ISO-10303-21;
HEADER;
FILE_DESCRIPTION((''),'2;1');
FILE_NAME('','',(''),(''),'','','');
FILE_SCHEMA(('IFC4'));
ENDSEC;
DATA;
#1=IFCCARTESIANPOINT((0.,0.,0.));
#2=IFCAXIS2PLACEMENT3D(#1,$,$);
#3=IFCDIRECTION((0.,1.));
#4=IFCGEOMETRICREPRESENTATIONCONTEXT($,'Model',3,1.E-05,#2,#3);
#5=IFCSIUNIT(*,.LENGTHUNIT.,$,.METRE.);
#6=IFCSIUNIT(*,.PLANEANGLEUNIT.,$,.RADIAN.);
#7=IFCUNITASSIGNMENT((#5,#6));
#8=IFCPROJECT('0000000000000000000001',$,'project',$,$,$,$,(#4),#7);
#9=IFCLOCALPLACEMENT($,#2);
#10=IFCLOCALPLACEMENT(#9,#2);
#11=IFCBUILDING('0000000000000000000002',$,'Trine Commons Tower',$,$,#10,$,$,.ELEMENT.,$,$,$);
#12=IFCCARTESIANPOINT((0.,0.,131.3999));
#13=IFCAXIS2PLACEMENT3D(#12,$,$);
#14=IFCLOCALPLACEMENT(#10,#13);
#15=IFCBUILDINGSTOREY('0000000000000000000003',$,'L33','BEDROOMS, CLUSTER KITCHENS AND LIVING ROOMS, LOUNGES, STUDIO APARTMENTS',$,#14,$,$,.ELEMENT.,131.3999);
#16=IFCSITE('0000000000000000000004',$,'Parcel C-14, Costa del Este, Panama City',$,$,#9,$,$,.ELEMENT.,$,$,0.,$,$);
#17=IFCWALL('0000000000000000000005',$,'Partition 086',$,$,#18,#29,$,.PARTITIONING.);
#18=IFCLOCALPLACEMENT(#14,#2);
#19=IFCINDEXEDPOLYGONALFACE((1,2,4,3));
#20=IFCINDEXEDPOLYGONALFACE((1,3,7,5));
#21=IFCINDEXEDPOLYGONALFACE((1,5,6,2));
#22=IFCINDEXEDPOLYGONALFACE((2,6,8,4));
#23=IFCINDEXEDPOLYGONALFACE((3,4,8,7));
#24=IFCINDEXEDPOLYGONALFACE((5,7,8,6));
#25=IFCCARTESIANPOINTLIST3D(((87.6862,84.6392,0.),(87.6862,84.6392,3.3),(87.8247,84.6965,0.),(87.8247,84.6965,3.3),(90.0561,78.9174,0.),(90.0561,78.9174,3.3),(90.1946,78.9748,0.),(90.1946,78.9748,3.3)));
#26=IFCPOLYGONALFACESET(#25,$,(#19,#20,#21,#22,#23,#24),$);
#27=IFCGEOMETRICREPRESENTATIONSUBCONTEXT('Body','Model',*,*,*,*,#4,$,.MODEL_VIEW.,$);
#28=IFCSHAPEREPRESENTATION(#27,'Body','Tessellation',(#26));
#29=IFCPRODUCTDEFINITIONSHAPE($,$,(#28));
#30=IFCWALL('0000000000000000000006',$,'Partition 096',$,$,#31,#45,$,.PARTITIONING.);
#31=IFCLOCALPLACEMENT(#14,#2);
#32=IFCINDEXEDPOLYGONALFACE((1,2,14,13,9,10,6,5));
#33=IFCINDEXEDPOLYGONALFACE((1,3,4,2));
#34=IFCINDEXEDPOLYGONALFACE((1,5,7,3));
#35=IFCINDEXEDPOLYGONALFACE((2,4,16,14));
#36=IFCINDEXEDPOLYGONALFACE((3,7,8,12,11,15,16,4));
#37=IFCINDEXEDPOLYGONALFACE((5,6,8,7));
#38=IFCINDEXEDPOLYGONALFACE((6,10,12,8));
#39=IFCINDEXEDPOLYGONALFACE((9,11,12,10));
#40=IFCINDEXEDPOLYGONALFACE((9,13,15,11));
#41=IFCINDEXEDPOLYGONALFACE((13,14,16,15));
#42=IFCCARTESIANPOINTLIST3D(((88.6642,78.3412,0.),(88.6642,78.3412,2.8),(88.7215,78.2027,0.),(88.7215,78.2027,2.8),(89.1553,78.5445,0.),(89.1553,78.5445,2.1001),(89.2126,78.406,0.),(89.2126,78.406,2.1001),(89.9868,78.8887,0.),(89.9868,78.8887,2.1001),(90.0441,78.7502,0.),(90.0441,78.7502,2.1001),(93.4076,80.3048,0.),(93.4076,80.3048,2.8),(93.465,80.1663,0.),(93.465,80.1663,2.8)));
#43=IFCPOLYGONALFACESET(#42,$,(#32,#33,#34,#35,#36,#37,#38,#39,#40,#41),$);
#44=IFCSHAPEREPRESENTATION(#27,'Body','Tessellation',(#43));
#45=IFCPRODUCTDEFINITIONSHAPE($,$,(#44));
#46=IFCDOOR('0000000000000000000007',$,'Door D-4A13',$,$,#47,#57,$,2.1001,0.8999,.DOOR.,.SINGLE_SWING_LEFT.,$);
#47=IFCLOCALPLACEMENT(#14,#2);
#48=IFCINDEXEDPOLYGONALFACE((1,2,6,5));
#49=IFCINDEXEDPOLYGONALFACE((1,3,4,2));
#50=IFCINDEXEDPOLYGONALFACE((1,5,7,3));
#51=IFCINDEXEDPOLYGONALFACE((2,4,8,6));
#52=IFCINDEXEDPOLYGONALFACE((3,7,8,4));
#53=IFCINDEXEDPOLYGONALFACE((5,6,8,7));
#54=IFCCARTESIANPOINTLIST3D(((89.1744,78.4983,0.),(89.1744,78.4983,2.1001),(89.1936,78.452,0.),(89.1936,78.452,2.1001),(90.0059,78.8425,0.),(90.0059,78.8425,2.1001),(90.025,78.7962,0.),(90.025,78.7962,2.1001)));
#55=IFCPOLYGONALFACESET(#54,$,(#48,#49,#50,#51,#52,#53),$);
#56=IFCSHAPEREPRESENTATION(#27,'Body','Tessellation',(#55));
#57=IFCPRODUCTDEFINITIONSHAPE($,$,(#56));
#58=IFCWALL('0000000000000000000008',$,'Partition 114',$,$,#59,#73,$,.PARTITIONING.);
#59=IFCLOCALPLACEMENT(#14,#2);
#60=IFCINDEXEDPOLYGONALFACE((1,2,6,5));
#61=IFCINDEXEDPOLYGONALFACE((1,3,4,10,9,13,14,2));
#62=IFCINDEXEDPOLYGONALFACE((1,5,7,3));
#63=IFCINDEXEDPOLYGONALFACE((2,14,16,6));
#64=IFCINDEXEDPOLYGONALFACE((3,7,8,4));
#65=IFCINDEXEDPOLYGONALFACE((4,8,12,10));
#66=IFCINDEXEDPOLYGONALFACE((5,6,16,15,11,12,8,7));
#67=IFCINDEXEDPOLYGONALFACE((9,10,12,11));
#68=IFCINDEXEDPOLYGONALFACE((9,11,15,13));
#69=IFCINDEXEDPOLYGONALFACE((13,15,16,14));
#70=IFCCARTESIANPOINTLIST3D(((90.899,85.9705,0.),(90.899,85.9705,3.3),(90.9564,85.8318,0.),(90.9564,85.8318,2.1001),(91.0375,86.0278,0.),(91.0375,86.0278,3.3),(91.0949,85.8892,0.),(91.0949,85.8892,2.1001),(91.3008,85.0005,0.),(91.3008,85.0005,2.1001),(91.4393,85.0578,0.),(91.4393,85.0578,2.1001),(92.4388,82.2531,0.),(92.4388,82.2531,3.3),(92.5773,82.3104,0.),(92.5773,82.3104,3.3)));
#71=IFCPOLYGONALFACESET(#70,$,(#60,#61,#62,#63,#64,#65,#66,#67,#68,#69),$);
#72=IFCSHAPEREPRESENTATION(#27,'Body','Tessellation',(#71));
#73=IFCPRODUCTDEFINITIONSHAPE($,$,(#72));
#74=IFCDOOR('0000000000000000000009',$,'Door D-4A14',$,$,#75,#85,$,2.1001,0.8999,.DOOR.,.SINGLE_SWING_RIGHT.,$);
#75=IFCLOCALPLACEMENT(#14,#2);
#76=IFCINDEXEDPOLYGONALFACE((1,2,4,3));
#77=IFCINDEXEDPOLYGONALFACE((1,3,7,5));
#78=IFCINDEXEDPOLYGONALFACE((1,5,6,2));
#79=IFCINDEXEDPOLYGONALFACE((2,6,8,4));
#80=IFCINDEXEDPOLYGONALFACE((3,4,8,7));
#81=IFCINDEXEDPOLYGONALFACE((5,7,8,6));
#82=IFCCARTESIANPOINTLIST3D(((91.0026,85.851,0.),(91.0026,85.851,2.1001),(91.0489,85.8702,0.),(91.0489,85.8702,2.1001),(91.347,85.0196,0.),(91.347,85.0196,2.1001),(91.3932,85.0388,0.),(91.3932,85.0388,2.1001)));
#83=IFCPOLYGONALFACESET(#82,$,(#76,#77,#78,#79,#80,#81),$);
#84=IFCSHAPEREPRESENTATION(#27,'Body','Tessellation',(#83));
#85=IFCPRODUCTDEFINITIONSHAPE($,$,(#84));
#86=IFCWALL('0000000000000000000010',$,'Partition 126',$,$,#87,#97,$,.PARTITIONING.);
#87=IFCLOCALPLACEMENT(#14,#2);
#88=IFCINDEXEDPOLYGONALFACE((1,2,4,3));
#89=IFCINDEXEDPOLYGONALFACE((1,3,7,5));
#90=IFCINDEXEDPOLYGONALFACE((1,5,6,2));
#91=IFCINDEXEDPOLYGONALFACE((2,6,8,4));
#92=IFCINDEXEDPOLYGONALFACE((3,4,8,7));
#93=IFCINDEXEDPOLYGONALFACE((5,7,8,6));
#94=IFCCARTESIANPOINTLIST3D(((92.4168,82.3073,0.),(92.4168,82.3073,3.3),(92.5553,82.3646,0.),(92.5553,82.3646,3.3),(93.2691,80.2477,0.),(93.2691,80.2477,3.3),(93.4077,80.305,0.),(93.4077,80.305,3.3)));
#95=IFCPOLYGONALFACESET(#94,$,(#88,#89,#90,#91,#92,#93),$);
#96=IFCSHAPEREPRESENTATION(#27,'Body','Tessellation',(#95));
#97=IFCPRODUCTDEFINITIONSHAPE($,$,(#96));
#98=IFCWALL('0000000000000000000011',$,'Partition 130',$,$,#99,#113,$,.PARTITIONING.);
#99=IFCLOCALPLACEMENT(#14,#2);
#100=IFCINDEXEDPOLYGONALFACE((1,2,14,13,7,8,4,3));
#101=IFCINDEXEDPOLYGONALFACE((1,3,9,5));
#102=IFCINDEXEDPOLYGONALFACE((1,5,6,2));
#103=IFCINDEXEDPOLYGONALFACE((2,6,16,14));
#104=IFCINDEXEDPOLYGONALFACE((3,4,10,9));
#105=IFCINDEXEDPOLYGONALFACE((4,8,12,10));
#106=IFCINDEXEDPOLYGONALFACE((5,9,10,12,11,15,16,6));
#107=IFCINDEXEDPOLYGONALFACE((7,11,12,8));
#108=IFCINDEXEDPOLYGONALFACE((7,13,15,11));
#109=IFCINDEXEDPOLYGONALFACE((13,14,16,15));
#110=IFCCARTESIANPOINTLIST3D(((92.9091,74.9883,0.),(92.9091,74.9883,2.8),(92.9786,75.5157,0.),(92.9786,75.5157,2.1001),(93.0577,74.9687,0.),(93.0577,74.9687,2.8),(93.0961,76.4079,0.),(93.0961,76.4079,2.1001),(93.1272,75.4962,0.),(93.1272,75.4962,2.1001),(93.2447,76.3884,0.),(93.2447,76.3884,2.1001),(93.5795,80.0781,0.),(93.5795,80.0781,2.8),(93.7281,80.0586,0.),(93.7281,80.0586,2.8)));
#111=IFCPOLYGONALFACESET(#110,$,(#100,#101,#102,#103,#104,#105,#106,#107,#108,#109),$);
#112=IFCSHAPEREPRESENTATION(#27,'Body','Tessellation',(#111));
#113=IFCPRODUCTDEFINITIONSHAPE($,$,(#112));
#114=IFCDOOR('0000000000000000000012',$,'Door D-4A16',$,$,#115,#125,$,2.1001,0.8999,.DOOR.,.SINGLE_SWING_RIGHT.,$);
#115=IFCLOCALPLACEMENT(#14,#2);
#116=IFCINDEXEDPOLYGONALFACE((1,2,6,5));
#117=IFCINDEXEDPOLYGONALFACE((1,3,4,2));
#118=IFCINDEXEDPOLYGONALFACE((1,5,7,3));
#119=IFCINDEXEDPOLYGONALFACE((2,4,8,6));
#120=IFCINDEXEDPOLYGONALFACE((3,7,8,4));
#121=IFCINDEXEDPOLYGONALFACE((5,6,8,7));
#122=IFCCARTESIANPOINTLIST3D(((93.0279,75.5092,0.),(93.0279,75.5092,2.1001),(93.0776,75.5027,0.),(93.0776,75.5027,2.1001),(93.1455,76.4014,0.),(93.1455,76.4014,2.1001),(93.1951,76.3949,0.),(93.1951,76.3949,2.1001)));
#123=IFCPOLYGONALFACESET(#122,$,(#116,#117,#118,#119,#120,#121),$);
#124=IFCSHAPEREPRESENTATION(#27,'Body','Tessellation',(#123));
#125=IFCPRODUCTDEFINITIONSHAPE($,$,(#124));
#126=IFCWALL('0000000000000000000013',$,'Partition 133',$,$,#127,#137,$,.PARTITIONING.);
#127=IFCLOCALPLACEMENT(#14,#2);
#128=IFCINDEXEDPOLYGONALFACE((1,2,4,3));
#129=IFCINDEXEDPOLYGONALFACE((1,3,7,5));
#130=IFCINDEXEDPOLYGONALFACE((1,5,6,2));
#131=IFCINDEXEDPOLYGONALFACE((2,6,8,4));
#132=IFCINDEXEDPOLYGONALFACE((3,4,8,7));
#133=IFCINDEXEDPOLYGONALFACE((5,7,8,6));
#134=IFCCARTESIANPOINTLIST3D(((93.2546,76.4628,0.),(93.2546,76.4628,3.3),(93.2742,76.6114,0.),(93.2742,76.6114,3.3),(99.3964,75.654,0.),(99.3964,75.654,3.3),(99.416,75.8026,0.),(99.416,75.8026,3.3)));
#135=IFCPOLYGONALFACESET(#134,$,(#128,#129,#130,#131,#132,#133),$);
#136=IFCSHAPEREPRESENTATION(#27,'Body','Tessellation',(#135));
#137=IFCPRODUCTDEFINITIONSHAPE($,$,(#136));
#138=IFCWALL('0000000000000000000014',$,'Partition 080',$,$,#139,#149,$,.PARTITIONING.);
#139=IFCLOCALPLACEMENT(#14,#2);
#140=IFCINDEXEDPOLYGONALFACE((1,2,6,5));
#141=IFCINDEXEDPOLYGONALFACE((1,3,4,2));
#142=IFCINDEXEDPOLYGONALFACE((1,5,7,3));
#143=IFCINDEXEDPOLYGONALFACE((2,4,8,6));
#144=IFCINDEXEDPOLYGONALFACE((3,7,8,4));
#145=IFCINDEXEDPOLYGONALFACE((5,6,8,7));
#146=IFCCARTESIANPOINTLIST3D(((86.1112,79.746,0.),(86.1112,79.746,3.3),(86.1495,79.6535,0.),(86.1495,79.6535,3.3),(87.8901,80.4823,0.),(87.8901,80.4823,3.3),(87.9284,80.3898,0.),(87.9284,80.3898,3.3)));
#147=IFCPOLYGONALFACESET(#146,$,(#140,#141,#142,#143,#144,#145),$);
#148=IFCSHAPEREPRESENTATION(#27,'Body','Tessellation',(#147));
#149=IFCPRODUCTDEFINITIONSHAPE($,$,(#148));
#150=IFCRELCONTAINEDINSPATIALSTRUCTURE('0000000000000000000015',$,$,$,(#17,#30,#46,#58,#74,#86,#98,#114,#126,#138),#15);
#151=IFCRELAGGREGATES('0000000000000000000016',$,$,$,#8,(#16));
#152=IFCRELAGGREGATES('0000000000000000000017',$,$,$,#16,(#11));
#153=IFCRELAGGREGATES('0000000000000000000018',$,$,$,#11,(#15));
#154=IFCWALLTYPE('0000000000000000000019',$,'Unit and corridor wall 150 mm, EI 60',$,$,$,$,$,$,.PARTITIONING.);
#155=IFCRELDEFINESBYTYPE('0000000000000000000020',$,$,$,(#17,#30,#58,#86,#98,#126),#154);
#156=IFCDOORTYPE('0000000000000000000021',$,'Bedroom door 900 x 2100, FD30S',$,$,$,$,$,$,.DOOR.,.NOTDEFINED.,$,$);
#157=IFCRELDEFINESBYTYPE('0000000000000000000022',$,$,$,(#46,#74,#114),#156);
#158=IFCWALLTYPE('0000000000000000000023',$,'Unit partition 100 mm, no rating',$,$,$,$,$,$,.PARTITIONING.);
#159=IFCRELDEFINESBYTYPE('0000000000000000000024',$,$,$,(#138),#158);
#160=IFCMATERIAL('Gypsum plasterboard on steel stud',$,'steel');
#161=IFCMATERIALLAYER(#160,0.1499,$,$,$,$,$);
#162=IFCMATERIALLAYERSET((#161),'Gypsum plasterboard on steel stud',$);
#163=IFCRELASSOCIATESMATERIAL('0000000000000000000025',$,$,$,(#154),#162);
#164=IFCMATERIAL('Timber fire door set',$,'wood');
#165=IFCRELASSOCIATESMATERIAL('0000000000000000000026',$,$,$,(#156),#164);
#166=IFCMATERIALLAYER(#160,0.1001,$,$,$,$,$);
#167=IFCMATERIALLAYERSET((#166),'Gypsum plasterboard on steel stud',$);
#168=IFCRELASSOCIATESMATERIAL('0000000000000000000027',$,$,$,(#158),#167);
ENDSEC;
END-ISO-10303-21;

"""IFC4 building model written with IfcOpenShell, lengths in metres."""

from ifc_helpers import new_model, si_unit, direction, frame, frame_2d, origin, place, context, subcontext, project, spatial, rectangle, extrude, material, layer, layer_set, type_object, element, fill, save


model = new_model("IFC4")

# Units and contexts
model_context = context("Model", 3, precision=1e-05, world=origin(), true_north=direction((0.0, 1.0)))
body_context = subcontext(model_context, "Body", "Model", "MODEL_VIEW")
ifc_project = project(units=[si_unit("LENGTHUNIT", "METRE"), si_unit("PLANEANGLEUNIT", "RADIAN")], contexts=[model_context])

# Site, building, storey
site_placement = place(None, origin())
site = spatial("IfcSite", under=ifc_project, at=site_placement, Name="Parcel C-14, Costa del Este, Panama City", CompositionType="ELEMENT", RefElevation=0.0)
building_placement = place(site_placement, origin())
building = spatial("IfcBuilding", under=site, at=building_placement, Name="Trine Commons Tower", CompositionType="ELEMENT")
storey_placement = place(building_placement, frame((0.0, 0.0, 131.3999)))
storey = spatial("IfcBuildingStorey", under=building, at=storey_placement, Name="L33", Description="BEDROOMS, CLUSTER KITCHENS AND LIVING ROOMS, LOUNGES, STUDIO APARTMENTS", CompositionType="ELEMENT", Elevation=131.3999)

# Shared definitions
ifc_material_1 = material(Name="Gypsum plasterboard on steel stud", Category="steel")
ifc_layer_1 = layer(ifc_material_1, 0.1499)
ifc_layer_set_1 = layer_set([ifc_layer_1], Name="Gypsum plasterboard on steel stud")
wall_type_1 = type_object("IfcWallType", Name="Unit and corridor wall 150 mm, EI 60", PredefinedType="PARTITIONING", material=ifc_layer_set_1)

# Shared definitions
ifc_material_2 = material(Name="Timber fire door set", Category="wood")

# Wall
wall_1_placement = place(storey_placement, frame((87.7554, 84.668, 0.0), z_axis=(0.0, 0.0, 1.0), x_axis=(0.382666, -0.923887, 0.0)))
element("IfcWall", 1, at=wall_1_placement, inside=storey, type_object=wall_type_1, Name="Partition 086", PredefinedType="PARTITIONING", context=body_context, shape_type="SweptSolid", body=[
    extrude(rectangle(XDim=6.1931, YDim=0.1499, at=frame_2d((3.0967, 0.0))), origin(), (0.0, 0.0, 1.0), 3.3),
])

# Walls, openings, doors
wall_2_placement = place(storey_placement, frame((88.6929, 78.272, 0.0), z_axis=(0.0, 0.0, 1.0), x_axis=(0.923959, 0.38249, 0.0)))
wall_2 = element("IfcWall", 2, at=wall_2_placement, inside=storey, type_object=wall_type_1, Name="Partition 096", PredefinedType="PARTITIONING", context=body_context, shape_type="SweptSolid", body=[
    extrude(rectangle(XDim=5.1338, YDim=0.1499, at=frame_2d((2.5669, 0.0))), origin(), (0.0, 0.0, 1.0), 2.8),
])
opening_1_placement = place(wall_2_placement, frame((0.5315, 0.0, 0.0)))
opening_1 = element("IfcOpeningElement", 3, at=opening_1_placement, cuts=wall_2, PredefinedType="OPENING", context=body_context, shape_type="SweptSolid", body=[
    extrude(rectangle(XDim=0.8999, YDim=2.1001, at=frame_2d((0.45, 1.05))), frame((0.0, 0.085, 0.0), z_axis=(0.0, -1.0, 0.0), x_axis=(1.0, 0.0, 0.0)), (0.0, 0.0, 1.0), 0.1699),
])
door_type_1 = type_object("IfcDoorType", Name="Bedroom door 900 x 2100, FD30S", OperationType="NOTDEFINED", PredefinedType="DOOR", material=ifc_material_2)
door_1_placement = place(opening_1_placement, origin())
door_1 = element("IfcDoor", 4, at=door_1_placement, inside=storey, type_object=door_type_1, Name="Door D-4A13", OperationType="SINGLE_SWING_LEFT", OverallHeight=2.1001, OverallWidth=0.8999, PredefinedType="DOOR", context=body_context, shape_type="SweptSolid", body=[
    extrude(rectangle(XDim=0.8999, YDim=2.1001, at=frame_2d((0.45, 1.05))), frame((0.0, 0.0249, 0.0), z_axis=(0.0, -1.0, 0.0), x_axis=(1.0, 0.0, 0.0)), (0.0, 0.0, 1.0), 0.05),
])
fill(opening_1, door_1)
wall_3_placement = place(storey_placement, frame((90.9683, 85.999, 0.0), z_axis=(0.0, 0.0, 1.0), x_axis=(0.382693, -0.923876, 0.0)))
wall_3 = element("IfcWall", 5, at=wall_3_placement, inside=storey, type_object=wall_type_1, Name="Partition 114", PredefinedType="PARTITIONING", context=body_context, shape_type="SweptSolid", body=[
    extrude(rectangle(XDim=4.0237, YDim=0.1499, at=frame_2d((2.0117, 0.0))), origin(), (0.0, 0.0, 1.0), 3.3),
])
opening_2_placement = place(wall_3_placement, frame((0.1499, 0.0, 0.0)))
opening_2 = element("IfcOpeningElement", 6, at=opening_2_placement, cuts=wall_3, PredefinedType="OPENING", context=body_context, shape_type="SweptSolid", body=[
    extrude(rectangle(XDim=0.8999, YDim=2.1001, at=frame_2d((0.45, 1.05))), frame((0.0, 0.085, 0.0), z_axis=(0.0, -1.0, 0.0), x_axis=(1.0, 0.0, 0.0)), (0.0, 0.0, 1.0), 0.1699),
])
door_2_placement = place(opening_2_placement, frame((0.8999, 0.0, 0.0), z_axis=(0.0, 0.0, 1.0), x_axis=(-1.0, 0.0, 0.0)))
door_2 = element("IfcDoor", 7, at=door_2_placement, inside=storey, type_object=door_type_1, Name="Door D-4A14", OperationType="SINGLE_SWING_RIGHT", OverallHeight=2.1001, OverallWidth=0.8999, PredefinedType="DOOR", context=body_context, shape_type="SweptSolid", body=[
    extrude(rectangle(XDim=0.8999, YDim=2.1001, at=frame_2d((0.45, 1.05))), frame((0.0, 0.0249, 0.0), z_axis=(0.0, -1.0, 0.0), x_axis=(1.0, 0.0, 0.0)), (0.0, 0.0, 1.0), 0.05),
])
fill(opening_2, door_2)

# Wall
wall_4_placement = place(storey_placement, frame((92.4861, 82.3359, 0.0), z_axis=(0.0, 0.0, 1.0), x_axis=(0.382374, -0.924007, 0.0)))
element("IfcWall", 8, at=wall_4_placement, inside=storey, type_object=wall_type_1, Name="Partition 126", PredefinedType="PARTITIONING", context=body_context, shape_type="SweptSolid", body=[
    extrude(rectangle(XDim=2.229, YDim=0.1499, at=frame_2d((1.1145, 0.0))), origin(), (0.0, 0.0, 1.0), 3.3),
])

# Wall, opening, door
wall_5_placement = place(storey_placement, frame((92.9834, 74.9785, 0.0), z_axis=(0.0, 0.0, 1.0), x_axis=(0.130587, 0.991437, 0.0)))
wall_5 = element("IfcWall", 9, at=wall_5_placement, inside=storey, type_object=wall_type_1, Name="Partition 130", PredefinedType="PARTITIONING", context=body_context, shape_type="SweptSolid", body=[
    extrude(rectangle(XDim=5.1338, YDim=0.1499, at=frame_2d((2.5669, 0.0))), origin(), (0.0, 0.0, 1.0), 2.8),
])
opening_3_placement = place(wall_5_placement, frame((0.532, 0.0, 0.0)))
opening_3 = element("IfcOpeningElement", 10, at=opening_3_placement, cuts=wall_5, PredefinedType="OPENING", context=body_context, shape_type="SweptSolid", body=[
    extrude(rectangle(XDim=0.8999, YDim=2.1001, at=frame_2d((0.45, 1.05))), frame((0.0, 0.085, 0.0), z_axis=(0.0, -1.0, 0.0), x_axis=(1.0, 0.0, 0.0)), (0.0, 0.0, 1.0), 0.1699),
])
door_3_placement = place(opening_3_placement, frame((0.8999, 0.0, 0.0), z_axis=(0.0, 0.0, 1.0), x_axis=(-1.0, 0.0, 0.0)))
door_3 = element("IfcDoor", 11, at=door_3_placement, inside=storey, type_object=door_type_1, Name="Door D-4A16", OperationType="SINGLE_SWING_RIGHT", OverallHeight=2.1001, OverallWidth=0.8999, PredefinedType="DOOR", context=body_context, shape_type="SweptSolid", body=[
    extrude(rectangle(XDim=0.8999, YDim=2.1001, at=frame_2d((0.45, 1.05))), frame((0.0, 0.0249, 0.0), z_axis=(0.0, -1.0, 0.0), x_axis=(1.0, 0.0, 0.0)), (0.0, 0.0, 1.0), 0.05),
])
fill(opening_3, door_3)

# Walls
wall_6_placement = place(storey_placement, frame((93.2644, 76.5371, 0.0), z_axis=(0.0, 0.0, 1.0), x_axis=(0.99144, -0.130566, 0.0)))
element("IfcWall", 12, at=wall_6_placement, inside=storey, type_object=wall_type_1, Name="Partition 133", PredefinedType="PARTITIONING", context=body_context, shape_type="SweptSolid", body=[
    extrude(rectangle(XDim=6.1948, YDim=0.1499, at=frame_2d((3.0974, 0.0))), origin(), (0.0, 0.0, 1.0), 3.3),
])
ifc_layer_2 = layer(ifc_material_1, 0.1001)
ifc_layer_set_2 = layer_set([ifc_layer_2], Name="Gypsum plasterboard on steel stud")
wall_type_2 = type_object("IfcWallType", Name="Unit partition 100 mm, no rating", PredefinedType="PARTITIONING", material=ifc_layer_set_2)
wall_7_placement = place(storey_placement, frame((86.1304, 79.6997, 0.0), z_axis=(0.0, 0.0, 1.0), x_axis=(0.923967, 0.382471, 0.0)))
element("IfcWall", 13, at=wall_7_placement, inside=storey, type_object=wall_type_2, Name="Partition 080", PredefinedType="PARTITIONING", context=body_context, shape_type="SweptSolid", body=[
    extrude(rectangle(XDim=1.9253, YDim=0.1001, at=frame_2d((0.9626, 0.0))), origin(), (0.0, 0.0, 1.0), 3.3),
])

save(model, "model.ifc")
